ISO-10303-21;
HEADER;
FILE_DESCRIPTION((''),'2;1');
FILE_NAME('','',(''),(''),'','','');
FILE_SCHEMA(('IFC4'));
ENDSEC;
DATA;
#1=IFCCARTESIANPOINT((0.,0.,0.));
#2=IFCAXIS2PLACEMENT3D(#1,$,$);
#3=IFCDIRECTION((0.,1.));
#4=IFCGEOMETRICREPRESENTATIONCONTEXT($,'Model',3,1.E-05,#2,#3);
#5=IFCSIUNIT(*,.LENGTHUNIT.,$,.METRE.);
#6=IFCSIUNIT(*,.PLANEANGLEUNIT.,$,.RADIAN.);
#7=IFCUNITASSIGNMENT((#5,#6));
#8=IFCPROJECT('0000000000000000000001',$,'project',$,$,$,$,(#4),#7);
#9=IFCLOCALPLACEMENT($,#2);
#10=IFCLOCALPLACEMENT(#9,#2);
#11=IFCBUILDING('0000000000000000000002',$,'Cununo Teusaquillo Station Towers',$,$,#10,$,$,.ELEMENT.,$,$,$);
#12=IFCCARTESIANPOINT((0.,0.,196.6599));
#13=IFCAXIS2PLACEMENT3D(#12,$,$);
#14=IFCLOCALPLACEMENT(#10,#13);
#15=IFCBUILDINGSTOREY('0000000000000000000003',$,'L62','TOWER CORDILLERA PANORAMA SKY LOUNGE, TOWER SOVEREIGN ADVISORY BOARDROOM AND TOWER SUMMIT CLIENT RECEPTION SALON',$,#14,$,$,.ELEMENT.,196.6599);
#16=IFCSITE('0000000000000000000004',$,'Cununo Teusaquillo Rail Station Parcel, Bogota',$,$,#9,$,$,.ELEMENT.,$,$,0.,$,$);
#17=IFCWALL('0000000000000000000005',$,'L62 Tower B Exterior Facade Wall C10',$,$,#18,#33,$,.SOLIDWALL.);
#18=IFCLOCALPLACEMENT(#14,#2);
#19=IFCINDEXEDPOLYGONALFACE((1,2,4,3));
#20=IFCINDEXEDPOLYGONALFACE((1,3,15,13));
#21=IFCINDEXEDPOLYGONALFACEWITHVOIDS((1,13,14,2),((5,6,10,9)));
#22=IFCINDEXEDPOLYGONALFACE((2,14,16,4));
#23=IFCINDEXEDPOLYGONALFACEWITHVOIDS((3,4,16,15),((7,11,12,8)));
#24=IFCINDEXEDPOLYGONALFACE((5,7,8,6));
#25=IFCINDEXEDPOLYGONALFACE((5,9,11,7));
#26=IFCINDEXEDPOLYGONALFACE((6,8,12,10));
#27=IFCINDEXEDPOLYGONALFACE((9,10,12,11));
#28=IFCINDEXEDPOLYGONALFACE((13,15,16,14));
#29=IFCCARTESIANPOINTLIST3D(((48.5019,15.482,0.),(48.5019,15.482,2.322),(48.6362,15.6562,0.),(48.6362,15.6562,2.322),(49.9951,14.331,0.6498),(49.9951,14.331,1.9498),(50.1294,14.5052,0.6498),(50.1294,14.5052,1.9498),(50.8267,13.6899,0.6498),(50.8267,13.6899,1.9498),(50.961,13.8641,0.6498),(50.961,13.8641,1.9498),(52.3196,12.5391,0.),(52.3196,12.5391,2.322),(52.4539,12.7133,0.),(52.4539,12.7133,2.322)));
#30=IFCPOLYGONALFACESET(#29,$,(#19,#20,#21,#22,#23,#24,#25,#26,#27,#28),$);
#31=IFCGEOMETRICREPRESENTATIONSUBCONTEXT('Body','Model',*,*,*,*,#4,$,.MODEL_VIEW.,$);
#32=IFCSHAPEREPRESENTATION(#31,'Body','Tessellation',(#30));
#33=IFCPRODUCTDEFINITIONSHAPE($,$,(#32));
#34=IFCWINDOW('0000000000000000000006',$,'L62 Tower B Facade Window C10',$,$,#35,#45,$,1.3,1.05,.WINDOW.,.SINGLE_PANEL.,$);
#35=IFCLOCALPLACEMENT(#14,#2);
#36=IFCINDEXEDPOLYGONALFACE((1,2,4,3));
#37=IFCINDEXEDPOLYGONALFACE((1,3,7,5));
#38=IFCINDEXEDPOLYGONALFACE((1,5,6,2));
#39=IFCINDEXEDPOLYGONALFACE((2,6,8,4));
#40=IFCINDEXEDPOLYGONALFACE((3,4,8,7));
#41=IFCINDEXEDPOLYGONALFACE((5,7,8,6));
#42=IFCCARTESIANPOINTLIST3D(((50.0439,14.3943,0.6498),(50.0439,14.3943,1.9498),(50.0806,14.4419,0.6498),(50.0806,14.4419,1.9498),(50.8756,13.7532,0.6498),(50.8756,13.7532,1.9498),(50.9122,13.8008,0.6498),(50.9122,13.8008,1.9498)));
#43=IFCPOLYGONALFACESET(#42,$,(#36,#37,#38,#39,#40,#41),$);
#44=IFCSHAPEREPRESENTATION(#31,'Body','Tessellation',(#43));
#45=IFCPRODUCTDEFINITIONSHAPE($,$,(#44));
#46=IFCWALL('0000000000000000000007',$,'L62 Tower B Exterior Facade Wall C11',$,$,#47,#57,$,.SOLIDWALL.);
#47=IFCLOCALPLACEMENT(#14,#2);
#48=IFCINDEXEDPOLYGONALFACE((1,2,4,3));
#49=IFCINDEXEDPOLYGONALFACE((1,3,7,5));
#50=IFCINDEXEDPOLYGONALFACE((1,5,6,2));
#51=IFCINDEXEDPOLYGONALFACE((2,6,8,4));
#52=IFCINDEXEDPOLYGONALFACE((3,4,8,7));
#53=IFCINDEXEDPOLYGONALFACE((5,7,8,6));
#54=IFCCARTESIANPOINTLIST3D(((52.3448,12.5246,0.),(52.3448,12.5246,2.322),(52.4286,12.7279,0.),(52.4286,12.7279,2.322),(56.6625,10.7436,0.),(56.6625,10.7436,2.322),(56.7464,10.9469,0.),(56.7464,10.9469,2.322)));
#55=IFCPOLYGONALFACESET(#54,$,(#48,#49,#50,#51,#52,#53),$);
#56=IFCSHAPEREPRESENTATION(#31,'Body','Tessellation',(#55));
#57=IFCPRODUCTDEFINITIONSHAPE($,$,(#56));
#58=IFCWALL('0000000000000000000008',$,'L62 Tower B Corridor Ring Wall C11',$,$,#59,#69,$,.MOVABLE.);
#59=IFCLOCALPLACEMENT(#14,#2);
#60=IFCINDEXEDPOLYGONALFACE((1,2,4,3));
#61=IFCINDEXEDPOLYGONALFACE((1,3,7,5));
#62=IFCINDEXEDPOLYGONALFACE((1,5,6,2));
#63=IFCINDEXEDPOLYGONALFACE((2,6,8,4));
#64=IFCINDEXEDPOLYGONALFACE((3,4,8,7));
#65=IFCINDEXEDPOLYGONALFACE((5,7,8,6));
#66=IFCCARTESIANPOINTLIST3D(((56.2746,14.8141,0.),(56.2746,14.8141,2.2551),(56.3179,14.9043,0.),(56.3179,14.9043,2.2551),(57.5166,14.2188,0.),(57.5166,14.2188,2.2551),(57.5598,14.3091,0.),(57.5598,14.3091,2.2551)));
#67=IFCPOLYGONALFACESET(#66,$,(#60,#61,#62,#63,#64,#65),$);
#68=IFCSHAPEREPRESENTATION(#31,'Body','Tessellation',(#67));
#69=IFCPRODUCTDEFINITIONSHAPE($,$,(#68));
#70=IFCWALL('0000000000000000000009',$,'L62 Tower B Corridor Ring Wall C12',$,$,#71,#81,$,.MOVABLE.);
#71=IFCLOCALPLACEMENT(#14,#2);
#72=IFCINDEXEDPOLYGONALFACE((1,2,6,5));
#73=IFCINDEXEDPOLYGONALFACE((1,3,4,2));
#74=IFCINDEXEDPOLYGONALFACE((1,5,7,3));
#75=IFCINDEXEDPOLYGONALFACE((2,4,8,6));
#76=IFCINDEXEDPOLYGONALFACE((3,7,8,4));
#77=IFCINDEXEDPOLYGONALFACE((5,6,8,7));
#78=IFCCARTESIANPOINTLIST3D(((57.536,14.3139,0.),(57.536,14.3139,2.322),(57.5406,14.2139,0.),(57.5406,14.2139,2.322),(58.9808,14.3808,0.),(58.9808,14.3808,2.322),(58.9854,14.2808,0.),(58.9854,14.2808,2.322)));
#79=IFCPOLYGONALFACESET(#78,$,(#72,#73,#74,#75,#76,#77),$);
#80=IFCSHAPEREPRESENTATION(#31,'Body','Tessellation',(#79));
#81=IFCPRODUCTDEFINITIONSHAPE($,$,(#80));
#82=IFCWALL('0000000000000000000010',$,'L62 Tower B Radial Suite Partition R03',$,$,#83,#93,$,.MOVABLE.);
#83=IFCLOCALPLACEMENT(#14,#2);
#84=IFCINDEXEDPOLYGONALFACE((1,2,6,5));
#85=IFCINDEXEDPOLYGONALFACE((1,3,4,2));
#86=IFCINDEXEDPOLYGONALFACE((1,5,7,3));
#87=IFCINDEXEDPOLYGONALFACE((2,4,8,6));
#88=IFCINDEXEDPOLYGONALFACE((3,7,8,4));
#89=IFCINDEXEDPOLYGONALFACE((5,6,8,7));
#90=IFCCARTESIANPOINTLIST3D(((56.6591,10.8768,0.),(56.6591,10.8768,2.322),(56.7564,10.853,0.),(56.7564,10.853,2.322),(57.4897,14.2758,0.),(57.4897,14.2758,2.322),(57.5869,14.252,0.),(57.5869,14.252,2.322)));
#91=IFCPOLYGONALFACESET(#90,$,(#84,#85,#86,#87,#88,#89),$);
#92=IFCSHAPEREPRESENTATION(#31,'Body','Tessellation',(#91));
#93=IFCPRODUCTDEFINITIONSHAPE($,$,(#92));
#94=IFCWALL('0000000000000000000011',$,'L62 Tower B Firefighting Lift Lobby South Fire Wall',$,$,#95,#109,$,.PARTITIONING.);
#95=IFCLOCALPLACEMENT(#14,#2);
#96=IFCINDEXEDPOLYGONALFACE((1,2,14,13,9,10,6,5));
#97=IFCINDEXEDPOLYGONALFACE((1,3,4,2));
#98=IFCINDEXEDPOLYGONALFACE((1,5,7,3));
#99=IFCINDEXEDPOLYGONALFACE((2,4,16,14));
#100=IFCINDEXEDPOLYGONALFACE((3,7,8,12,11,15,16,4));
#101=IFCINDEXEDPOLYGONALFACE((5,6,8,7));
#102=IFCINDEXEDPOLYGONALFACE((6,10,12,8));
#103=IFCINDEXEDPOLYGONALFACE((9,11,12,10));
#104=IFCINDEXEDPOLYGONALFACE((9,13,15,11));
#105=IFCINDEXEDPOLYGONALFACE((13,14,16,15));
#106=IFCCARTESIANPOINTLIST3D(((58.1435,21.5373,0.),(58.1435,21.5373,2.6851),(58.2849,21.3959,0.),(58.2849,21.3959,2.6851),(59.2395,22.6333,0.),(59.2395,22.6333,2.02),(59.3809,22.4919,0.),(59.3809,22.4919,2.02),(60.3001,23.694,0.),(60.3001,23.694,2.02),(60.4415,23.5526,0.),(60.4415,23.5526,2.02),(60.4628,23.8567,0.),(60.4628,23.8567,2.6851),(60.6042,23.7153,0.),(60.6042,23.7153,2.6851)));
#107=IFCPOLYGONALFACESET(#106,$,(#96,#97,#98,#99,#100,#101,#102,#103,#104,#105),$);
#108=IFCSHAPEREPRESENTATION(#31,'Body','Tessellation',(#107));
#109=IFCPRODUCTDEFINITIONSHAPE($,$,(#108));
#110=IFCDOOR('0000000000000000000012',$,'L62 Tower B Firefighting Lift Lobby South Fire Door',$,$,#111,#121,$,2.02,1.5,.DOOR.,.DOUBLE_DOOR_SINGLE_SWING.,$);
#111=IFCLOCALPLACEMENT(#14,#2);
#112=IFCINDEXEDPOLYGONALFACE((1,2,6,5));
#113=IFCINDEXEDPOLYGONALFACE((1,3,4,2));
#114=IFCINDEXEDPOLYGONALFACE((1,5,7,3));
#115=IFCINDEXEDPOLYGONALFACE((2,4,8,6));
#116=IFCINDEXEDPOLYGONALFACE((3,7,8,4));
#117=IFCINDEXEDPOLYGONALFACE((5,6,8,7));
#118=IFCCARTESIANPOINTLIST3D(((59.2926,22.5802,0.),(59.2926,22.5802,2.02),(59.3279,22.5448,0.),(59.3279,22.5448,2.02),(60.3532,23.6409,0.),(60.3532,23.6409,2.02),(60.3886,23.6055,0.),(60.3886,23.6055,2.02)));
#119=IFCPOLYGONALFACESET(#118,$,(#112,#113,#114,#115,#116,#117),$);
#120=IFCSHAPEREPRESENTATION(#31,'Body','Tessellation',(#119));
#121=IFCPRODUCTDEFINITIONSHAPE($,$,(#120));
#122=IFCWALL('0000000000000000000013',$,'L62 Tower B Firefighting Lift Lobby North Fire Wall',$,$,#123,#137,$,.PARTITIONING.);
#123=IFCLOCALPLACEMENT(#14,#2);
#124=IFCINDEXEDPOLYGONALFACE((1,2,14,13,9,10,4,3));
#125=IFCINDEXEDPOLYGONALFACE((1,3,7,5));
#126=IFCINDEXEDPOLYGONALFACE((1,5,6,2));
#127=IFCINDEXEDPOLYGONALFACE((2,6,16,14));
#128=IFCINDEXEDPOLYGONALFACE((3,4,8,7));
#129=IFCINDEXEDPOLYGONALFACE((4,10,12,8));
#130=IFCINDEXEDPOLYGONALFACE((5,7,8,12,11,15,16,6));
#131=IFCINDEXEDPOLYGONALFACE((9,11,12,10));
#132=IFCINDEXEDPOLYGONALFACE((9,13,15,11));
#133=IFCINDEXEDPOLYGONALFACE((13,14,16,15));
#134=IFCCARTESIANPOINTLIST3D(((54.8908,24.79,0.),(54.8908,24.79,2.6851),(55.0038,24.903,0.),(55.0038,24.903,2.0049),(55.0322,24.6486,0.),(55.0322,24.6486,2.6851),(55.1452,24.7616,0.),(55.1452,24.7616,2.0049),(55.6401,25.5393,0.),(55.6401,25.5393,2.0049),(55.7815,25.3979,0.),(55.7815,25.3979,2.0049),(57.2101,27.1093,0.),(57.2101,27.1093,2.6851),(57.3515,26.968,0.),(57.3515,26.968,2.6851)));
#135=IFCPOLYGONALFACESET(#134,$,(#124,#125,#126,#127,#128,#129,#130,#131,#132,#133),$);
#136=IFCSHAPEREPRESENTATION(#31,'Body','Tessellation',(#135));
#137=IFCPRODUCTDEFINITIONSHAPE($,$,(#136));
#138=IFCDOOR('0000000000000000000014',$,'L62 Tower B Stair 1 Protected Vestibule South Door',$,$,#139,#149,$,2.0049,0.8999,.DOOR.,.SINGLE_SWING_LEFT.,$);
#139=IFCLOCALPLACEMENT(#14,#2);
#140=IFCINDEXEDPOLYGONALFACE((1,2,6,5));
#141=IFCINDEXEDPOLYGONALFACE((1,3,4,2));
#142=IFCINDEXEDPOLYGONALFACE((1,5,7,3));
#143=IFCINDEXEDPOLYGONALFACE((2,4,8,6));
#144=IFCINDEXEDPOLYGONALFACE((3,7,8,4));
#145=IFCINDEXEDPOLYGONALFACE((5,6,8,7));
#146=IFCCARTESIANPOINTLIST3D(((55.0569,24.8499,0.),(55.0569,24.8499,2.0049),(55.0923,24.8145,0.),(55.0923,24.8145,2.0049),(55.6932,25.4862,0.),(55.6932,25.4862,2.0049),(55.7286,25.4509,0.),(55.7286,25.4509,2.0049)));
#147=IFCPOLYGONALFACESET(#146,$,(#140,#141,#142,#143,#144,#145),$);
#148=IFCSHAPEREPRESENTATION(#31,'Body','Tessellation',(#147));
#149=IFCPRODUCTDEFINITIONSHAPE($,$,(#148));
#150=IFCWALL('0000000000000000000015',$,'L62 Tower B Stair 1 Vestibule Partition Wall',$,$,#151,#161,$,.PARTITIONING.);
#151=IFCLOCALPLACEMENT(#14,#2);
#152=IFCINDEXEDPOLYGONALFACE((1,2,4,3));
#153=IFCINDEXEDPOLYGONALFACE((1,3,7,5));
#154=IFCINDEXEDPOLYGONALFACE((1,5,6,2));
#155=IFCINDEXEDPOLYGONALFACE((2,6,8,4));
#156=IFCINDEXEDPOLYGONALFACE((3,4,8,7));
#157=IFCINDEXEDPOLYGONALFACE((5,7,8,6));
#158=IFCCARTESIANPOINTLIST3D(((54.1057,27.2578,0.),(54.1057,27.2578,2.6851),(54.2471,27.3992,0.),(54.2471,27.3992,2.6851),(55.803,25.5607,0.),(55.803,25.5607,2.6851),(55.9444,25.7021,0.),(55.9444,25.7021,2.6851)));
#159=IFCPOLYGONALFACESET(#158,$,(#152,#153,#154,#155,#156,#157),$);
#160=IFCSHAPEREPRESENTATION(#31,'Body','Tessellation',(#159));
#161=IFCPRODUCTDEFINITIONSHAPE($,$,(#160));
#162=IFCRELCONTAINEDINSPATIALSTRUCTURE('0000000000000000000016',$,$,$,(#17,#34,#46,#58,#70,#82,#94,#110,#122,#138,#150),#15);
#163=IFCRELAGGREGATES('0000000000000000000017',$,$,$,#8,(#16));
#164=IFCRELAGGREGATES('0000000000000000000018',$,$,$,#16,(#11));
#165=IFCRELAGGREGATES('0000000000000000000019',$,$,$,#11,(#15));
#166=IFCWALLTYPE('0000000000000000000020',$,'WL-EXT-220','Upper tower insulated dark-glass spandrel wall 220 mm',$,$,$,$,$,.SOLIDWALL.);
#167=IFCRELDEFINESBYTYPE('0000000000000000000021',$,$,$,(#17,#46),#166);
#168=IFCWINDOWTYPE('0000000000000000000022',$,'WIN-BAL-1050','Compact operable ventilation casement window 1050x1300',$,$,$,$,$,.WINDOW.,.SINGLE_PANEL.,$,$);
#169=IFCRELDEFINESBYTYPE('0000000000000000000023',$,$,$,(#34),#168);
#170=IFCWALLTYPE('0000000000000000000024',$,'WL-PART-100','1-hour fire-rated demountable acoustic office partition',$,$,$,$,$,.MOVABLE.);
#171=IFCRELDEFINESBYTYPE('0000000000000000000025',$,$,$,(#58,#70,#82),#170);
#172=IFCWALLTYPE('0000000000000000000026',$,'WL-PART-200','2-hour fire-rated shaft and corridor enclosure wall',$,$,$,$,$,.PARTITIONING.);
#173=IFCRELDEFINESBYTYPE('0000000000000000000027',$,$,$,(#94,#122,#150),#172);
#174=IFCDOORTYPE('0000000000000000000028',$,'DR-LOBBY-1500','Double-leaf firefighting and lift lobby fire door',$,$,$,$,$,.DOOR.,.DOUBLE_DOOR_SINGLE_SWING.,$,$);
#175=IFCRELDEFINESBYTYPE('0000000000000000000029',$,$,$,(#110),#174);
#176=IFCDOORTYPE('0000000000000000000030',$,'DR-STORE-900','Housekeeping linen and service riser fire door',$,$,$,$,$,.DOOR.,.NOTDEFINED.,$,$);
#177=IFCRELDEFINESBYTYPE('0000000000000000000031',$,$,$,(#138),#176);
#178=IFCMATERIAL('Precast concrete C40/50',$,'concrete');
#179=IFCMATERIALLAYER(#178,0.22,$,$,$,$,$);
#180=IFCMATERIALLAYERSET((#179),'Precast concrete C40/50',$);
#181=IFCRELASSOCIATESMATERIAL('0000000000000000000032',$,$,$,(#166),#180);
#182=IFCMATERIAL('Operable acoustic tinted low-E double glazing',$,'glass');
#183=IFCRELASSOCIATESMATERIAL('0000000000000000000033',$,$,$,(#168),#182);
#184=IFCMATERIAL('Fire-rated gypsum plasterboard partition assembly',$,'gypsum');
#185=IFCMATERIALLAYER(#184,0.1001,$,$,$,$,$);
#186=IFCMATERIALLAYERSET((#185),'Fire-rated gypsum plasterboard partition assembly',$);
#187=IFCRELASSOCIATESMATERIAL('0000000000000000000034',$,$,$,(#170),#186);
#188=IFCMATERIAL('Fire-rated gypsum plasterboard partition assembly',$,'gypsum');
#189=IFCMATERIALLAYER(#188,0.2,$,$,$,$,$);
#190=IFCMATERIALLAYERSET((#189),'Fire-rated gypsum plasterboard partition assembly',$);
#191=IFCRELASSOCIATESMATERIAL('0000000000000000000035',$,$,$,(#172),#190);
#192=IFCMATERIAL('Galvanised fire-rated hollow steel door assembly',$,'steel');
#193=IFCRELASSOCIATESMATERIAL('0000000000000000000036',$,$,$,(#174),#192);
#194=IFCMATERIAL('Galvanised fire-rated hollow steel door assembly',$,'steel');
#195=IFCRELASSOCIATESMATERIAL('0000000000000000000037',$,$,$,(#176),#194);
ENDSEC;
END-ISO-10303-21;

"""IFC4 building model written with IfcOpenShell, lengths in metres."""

from ifc_helpers import new_model, si_unit, direction, frame, frame_2d, origin, place, context, subcontext, project, spatial, rectangle, extrude, source, transform, mapped, material, layer, layer_set, type_object, element, fill, save


model = new_model("IFC4")

# Units and contexts
model_context = context("Model", 3, precision=1e-05, world=origin(), true_north=direction((0.0, 1.0)))
body_context = subcontext(model_context, "Body", "Model", "MODEL_VIEW")
ifc_project = project(units=[si_unit("LENGTHUNIT", "METRE"), si_unit("PLANEANGLEUNIT", "RADIAN")], contexts=[model_context])

# Site, building, storey
site_placement = place(None, origin())
site = spatial("IfcSite", under=ifc_project, at=site_placement, Name="Cununo Teusaquillo Rail Station Parcel, Bogota", CompositionType="ELEMENT", RefElevation=0.0)
building_placement = place(site_placement, origin())
building = spatial("IfcBuilding", under=site, at=building_placement, Name="Cununo Teusaquillo Station Towers", CompositionType="ELEMENT")
storey_placement = place(building_placement, frame((0.0, 0.0, 196.6599)))
storey = spatial("IfcBuildingStorey", under=building, at=storey_placement, Name="L62", Description="TOWER CORDILLERA PANORAMA SKY LOUNGE, TOWER SOVEREIGN ADVISORY BOARDROOM AND TOWER SUMMIT CLIENT RECEPTION SALON", CompositionType="ELEMENT", Elevation=196.6599)

# Wall, opening, window
ifc_material_1 = material(Name="Precast concrete C40/50", Category="concrete")
ifc_layer_1 = layer(ifc_material_1, 0.22)
ifc_layer_set_1 = layer_set([ifc_layer_1], Name="Precast concrete C40/50")
wall_type_1 = type_object("IfcWallType", Name="WL-EXT-220", Description="Upper tower insulated dark-glass spandrel wall 220 mm", PredefinedType="SOLIDWALL", material=ifc_layer_set_1)
wall_1_placement = place(storey_placement, frame((52.3867, 12.6262, 0.0), z_axis=(0.0, 0.0, 1.0), x_axis=(-0.791998, 0.610523, 0.0)))
wall_1 = element("IfcWall", 1, at=wall_1_placement, inside=storey, type_object=wall_type_1, Name="L62 Tower B Exterior Facade Wall C10", PredefinedType="SOLIDWALL", context=body_context, shape_type="SweptSolid", body=[
    extrude(rectangle(XDim=4.8203, YDim=0.22, at=frame_2d((2.4102, 0.0))), origin(), (0.0, 0.0, 1.0), 2.322),
])
shared_shape_1 = source(origin(), body_context, "Body", "SweptSolid", [
    extrude(rectangle(XDim=1.05, YDim=1.3, at=frame_2d((0.5249, 0.6499))), frame((0.0, 0.1199, 0.0), z_axis=(0.0, -1.0, 0.0), x_axis=(1.0, 0.0, 0.0)), (0.0, 0.0, 1.0), 0.24),
])
opening_1_placement = place(wall_1_placement, frame((1.885, 0.0, 0.6499)))
opening_1 = element("IfcOpeningElement", 2, at=opening_1_placement, cuts=wall_1, PredefinedType="OPENING", context=body_context, shape_type="MappedRepresentation", body=[
    mapped(shared_shape_1, transform((0.0, 0.0, 0.0), x_axis=(1.0, 0.0, 0.0), y_axis=(0.0, 1.0, 0.0), z_axis=(0.0, 0.0, 1.0), scale=1.0)),
])
ifc_material_2 = material(Name="Operable acoustic tinted low-E double glazing", Category="glass")
window_type = type_object("IfcWindowType", Name="WIN-BAL-1050", Description="Compact operable ventilation casement window 1050x1300", PartitioningType="SINGLE_PANEL", PredefinedType="WINDOW", material=ifc_material_2)
shared_shape_2 = source(origin(), body_context, "Body", "SweptSolid", [
    extrude(rectangle(XDim=1.05, YDim=1.3, at=frame_2d((0.5249, 0.6499))), frame((0.0, 0.03, 0.0), z_axis=(0.0, -1.0, 0.0), x_axis=(1.0, 0.0, 0.0)), (0.0, 0.0, 1.0), 0.0601),
])
window_placement = place(opening_1_placement, origin())
window = element("IfcWindow", 3, at=window_placement, inside=storey, type_object=window_type, Name="L62 Tower B Facade Window C10", OverallHeight=1.3, OverallWidth=1.05, PartitioningType="SINGLE_PANEL", PredefinedType="WINDOW", context=body_context, shape_type="MappedRepresentation", body=[
    mapped(shared_shape_2, transform((0.0, 0.0, 0.0), x_axis=(1.0, 0.0, 0.0), y_axis=(0.0, 1.0, 0.0), z_axis=(0.0, 0.0, 1.0), scale=1.0)),
])
fill(opening_1, window)

# Walls
wall_2_placement = place(storey_placement, frame((56.7046, 10.8452, 0.0), z_axis=(0.0, 0.0, 1.0), x_axis=(-0.924447, 0.38131, 0.0)))
element("IfcWall", 4, at=wall_2_placement, inside=storey, type_object=wall_type_1, Name="L62 Tower B Exterior Facade Wall C11", PredefinedType="SOLIDWALL", context=body_context, shape_type="SweptSolid", body=[
    extrude(rectangle(XDim=4.6707, YDim=0.22, at=frame_2d((2.3354, 0.0))), origin(), (0.0, 0.0, 1.0), 2.322),
])
ifc_material_3 = material(Name="Fire-rated gypsum plasterboard partition assembly", Category="gypsum")
ifc_layer_2 = layer(ifc_material_3, 0.1001)
ifc_layer_set_2 = layer_set([ifc_layer_2], Name="Fire-rated gypsum plasterboard partition assembly")
wall_type_2 = type_object("IfcWallType", Name="WL-PART-100", Description="1-hour fire-rated demountable acoustic office partition", PredefinedType="MOVABLE", material=ifc_layer_set_2)
wall_3_placement = place(storey_placement, frame((56.2964, 14.8591, 0.0), z_axis=(0.0, 0.0, 1.0), x_axis=(0.901783, -0.432189, 0.0)))
element("IfcWall", 5, at=wall_3_placement, inside=storey, type_object=wall_type_2, Name="L62 Tower B Corridor Ring Wall C11", PredefinedType="MOVABLE", context=body_context, shape_type="SweptSolid", body=[
    extrude(rectangle(XDim=1.3772, YDim=0.1001, at=frame_2d((0.6885, 0.0))), origin(), (0.0, 0.0, 1.0), 2.2551),
])
wall_4_placement = place(storey_placement, frame((57.5383, 14.2639, 0.0), z_axis=(0.0, 0.0, 1.0), x_axis=(0.99893, 0.04625, 0.0)))
element("IfcWall", 6, at=wall_4_placement, inside=storey, type_object=wall_type_2, Name="L62 Tower B Corridor Ring Wall C12", PredefinedType="MOVABLE", context=body_context, shape_type="SweptSolid", body=[
    extrude(rectangle(XDim=1.4463, YDim=0.1001, at=frame_2d((0.7231, 0.0))), origin(), (0.0, 0.0, 1.0), 2.322),
])
wall_5_placement = place(storey_placement, frame((57.5383, 14.2639, 0.0), z_axis=(0.0, 0.0, 1.0), x_axis=(-0.237377, -0.971418, 0.0)))
element("IfcWall", 7, at=wall_5_placement, inside=storey, type_object=wall_type_2, Name="L62 Tower B Radial Suite Partition R03", PredefinedType="MOVABLE", context=body_context, shape_type="SweptSolid", body=[
    extrude(rectangle(XDim=3.499, YDim=0.1001, at=frame_2d((1.7495, 0.0))), origin(), (0.0, 0.0, 1.0), 2.322),
])

# Walls, openings, doors
ifc_material_4 = material(Name="Fire-rated gypsum plasterboard partition assembly", Category="gypsum")
ifc_layer_3 = layer(ifc_material_4, 0.2)
ifc_layer_set_3 = layer_set([ifc_layer_3], Name="Fire-rated gypsum plasterboard partition assembly")
wall_type_3 = type_object("IfcWallType", Name="WL-PART-200", Description="2-hour fire-rated shaft and corridor enclosure wall", PredefinedType="PARTITIONING", material=ifc_layer_set_3)
wall_6_placement = place(storey_placement, frame((58.2141, 21.4666, 0.0), z_axis=(0.0, 0.0, 1.0), x_axis=(0.707107, 0.707107, 0.0)))
wall_6 = element("IfcWall", 8, at=wall_6_placement, inside=storey, type_object=wall_type_3, Name="L62 Tower B Firefighting Lift Lobby South Fire Wall", PredefinedType="PARTITIONING", context=body_context, shape_type="SweptSolid", body=[
    extrude(rectangle(XDim=3.28, YDim=0.2, at=frame_2d((1.6401, 0.0))), origin(), (0.0, 0.0, 1.0), 2.6851),
])
shared_shape_3 = source(origin(), body_context, "Body", "SweptSolid", [
    extrude(rectangle(XDim=1.5, YDim=2.02, at=frame_2d((0.75, 1.01))), frame((0.0, 0.1099, 0.0), z_axis=(0.0, -1.0, 0.0), x_axis=(1.0, 0.0, 0.0)), (0.0, 0.0, 1.0), 0.22),
])
opening_2_placement = place(wall_6_placement, frame((1.55, 0.0, 0.0)))
opening_2 = element("IfcOpeningElement", 9, at=opening_2_placement, cuts=wall_6, PredefinedType="OPENING", context=body_context, shape_type="MappedRepresentation", body=[
    mapped(shared_shape_3, transform((0.0, 0.0, 0.0), x_axis=(1.0, 0.0, 0.0), y_axis=(0.0, 1.0, 0.0), z_axis=(0.0, 0.0, 1.0), scale=1.0)),
])
ifc_material_5 = material(Name="Galvanised fire-rated hollow steel door assembly", Category="steel")
door_type_1 = type_object("IfcDoorType", Name="DR-LOBBY-1500", Description="Double-leaf firefighting and lift lobby fire door", OperationType="DOUBLE_DOOR_SINGLE_SWING", PredefinedType="DOOR", material=ifc_material_5)
shared_shape_4 = source(origin(), body_context, "Body", "SweptSolid", [
    extrude(rectangle(XDim=1.5, YDim=2.02, at=frame_2d((0.75, 1.01))), frame((0.0, 0.0249, 0.0), z_axis=(0.0, -1.0, 0.0), x_axis=(1.0, 0.0, 0.0)), (0.0, 0.0, 1.0), 0.05),
])
door_1_placement = place(opening_2_placement, origin())
door_1 = element("IfcDoor", 10, at=door_1_placement, inside=storey, type_object=door_type_1, Name="L62 Tower B Firefighting Lift Lobby South Fire Door", OperationType="DOUBLE_DOOR_SINGLE_SWING", OverallHeight=2.02, OverallWidth=1.5, PredefinedType="DOOR", context=body_context, shape_type="MappedRepresentation", body=[
    mapped(shared_shape_4, transform((0.0, 0.0, 0.0), x_axis=(1.0, 0.0, 0.0), y_axis=(0.0, 1.0, 0.0), z_axis=(0.0, 0.0, 1.0), scale=1.0)),
])
fill(opening_2, door_1)
wall_7_placement = place(storey_placement, frame((54.9614, 24.7192, 0.0), z_axis=(0.0, 0.0, 1.0), x_axis=(0.707107, 0.707107, 0.0)))
wall_7 = element("IfcWall", 11, at=wall_7_placement, inside=storey, type_object=wall_type_3, Name="L62 Tower B Firefighting Lift Lobby North Fire Wall", PredefinedType="PARTITIONING", context=body_context, shape_type="SweptSolid", body=[
    extrude(rectangle(XDim=3.28, YDim=0.2, at=frame_2d((1.6401, 0.0))), origin(), (0.0, 0.0, 1.0), 2.6851),
])
shared_shape_5 = source(origin(), body_context, "Body", "SweptSolid", [
    extrude(rectangle(XDim=0.8999, YDim=2.0049, at=frame_2d((0.45, 1.0024))), frame((0.0, 0.1099, 0.0), z_axis=(0.0, -1.0, 0.0), x_axis=(1.0, 0.0, 0.0)), (0.0, 0.0, 1.0), 0.22),
])
opening_3_placement = place(wall_7_placement, frame((0.1599, 0.0, 0.0)))
opening_3 = element("IfcOpeningElement", 12, at=opening_3_placement, cuts=wall_7, PredefinedType="OPENING", context=body_context, shape_type="MappedRepresentation", body=[
    mapped(shared_shape_5, transform((0.0, 0.0, 0.0), x_axis=(1.0, 0.0, 0.0), y_axis=(0.0, 1.0, 0.0), z_axis=(0.0, 0.0, 1.0), scale=1.0)),
])
ifc_material_6 = material(Name="Galvanised fire-rated hollow steel door assembly", Category="steel")
door_type_2 = type_object("IfcDoorType", Name="DR-STORE-900", Description="Housekeeping linen and service riser fire door", OperationType="NOTDEFINED", PredefinedType="DOOR", material=ifc_material_6)
shared_shape_6 = source(origin(), body_context, "Body", "SweptSolid", [
    extrude(rectangle(XDim=0.8999, YDim=2.0049, at=frame_2d((0.45, 1.0024))), frame((0.0, 0.0249, 0.0), z_axis=(0.0, -1.0, 0.0), x_axis=(1.0, 0.0, 0.0)), (0.0, 0.0, 1.0), 0.05),
])
door_2_placement = place(opening_3_placement, origin())
door_2 = element("IfcDoor", 13, at=door_2_placement, inside=storey, type_object=door_type_2, Name="L62 Tower B Stair 1 Protected Vestibule South Door", OperationType="SINGLE_SWING_LEFT", OverallHeight=2.0049, OverallWidth=0.8999, PredefinedType="DOOR", context=body_context, shape_type="MappedRepresentation", body=[
    mapped(shared_shape_6, transform((0.0, 0.0, 0.0), x_axis=(1.0, 0.0, 0.0), y_axis=(0.0, 1.0, 0.0), z_axis=(0.0, 0.0, 1.0), scale=1.0)),
])
fill(opening_3, door_2)

# Wall
wall_8_placement = place(storey_placement, frame((55.8738, 25.6313, 0.0), z_axis=(0.0, 0.0, 1.0), x_axis=(-0.707158, 0.707056, 0.0)))
element("IfcWall", 14, at=wall_8_placement, inside=storey, type_object=wall_type_3, Name="L62 Tower B Stair 1 Vestibule Partition Wall", PredefinedType="PARTITIONING", context=body_context, shape_type="SweptSolid", body=[
    extrude(rectangle(XDim=2.4001, YDim=0.2, at=frame_2d((1.2002, 0.0))), origin(), (0.0, 0.0, 1.0), 2.6851),
])

save(model, "model.ifc")
